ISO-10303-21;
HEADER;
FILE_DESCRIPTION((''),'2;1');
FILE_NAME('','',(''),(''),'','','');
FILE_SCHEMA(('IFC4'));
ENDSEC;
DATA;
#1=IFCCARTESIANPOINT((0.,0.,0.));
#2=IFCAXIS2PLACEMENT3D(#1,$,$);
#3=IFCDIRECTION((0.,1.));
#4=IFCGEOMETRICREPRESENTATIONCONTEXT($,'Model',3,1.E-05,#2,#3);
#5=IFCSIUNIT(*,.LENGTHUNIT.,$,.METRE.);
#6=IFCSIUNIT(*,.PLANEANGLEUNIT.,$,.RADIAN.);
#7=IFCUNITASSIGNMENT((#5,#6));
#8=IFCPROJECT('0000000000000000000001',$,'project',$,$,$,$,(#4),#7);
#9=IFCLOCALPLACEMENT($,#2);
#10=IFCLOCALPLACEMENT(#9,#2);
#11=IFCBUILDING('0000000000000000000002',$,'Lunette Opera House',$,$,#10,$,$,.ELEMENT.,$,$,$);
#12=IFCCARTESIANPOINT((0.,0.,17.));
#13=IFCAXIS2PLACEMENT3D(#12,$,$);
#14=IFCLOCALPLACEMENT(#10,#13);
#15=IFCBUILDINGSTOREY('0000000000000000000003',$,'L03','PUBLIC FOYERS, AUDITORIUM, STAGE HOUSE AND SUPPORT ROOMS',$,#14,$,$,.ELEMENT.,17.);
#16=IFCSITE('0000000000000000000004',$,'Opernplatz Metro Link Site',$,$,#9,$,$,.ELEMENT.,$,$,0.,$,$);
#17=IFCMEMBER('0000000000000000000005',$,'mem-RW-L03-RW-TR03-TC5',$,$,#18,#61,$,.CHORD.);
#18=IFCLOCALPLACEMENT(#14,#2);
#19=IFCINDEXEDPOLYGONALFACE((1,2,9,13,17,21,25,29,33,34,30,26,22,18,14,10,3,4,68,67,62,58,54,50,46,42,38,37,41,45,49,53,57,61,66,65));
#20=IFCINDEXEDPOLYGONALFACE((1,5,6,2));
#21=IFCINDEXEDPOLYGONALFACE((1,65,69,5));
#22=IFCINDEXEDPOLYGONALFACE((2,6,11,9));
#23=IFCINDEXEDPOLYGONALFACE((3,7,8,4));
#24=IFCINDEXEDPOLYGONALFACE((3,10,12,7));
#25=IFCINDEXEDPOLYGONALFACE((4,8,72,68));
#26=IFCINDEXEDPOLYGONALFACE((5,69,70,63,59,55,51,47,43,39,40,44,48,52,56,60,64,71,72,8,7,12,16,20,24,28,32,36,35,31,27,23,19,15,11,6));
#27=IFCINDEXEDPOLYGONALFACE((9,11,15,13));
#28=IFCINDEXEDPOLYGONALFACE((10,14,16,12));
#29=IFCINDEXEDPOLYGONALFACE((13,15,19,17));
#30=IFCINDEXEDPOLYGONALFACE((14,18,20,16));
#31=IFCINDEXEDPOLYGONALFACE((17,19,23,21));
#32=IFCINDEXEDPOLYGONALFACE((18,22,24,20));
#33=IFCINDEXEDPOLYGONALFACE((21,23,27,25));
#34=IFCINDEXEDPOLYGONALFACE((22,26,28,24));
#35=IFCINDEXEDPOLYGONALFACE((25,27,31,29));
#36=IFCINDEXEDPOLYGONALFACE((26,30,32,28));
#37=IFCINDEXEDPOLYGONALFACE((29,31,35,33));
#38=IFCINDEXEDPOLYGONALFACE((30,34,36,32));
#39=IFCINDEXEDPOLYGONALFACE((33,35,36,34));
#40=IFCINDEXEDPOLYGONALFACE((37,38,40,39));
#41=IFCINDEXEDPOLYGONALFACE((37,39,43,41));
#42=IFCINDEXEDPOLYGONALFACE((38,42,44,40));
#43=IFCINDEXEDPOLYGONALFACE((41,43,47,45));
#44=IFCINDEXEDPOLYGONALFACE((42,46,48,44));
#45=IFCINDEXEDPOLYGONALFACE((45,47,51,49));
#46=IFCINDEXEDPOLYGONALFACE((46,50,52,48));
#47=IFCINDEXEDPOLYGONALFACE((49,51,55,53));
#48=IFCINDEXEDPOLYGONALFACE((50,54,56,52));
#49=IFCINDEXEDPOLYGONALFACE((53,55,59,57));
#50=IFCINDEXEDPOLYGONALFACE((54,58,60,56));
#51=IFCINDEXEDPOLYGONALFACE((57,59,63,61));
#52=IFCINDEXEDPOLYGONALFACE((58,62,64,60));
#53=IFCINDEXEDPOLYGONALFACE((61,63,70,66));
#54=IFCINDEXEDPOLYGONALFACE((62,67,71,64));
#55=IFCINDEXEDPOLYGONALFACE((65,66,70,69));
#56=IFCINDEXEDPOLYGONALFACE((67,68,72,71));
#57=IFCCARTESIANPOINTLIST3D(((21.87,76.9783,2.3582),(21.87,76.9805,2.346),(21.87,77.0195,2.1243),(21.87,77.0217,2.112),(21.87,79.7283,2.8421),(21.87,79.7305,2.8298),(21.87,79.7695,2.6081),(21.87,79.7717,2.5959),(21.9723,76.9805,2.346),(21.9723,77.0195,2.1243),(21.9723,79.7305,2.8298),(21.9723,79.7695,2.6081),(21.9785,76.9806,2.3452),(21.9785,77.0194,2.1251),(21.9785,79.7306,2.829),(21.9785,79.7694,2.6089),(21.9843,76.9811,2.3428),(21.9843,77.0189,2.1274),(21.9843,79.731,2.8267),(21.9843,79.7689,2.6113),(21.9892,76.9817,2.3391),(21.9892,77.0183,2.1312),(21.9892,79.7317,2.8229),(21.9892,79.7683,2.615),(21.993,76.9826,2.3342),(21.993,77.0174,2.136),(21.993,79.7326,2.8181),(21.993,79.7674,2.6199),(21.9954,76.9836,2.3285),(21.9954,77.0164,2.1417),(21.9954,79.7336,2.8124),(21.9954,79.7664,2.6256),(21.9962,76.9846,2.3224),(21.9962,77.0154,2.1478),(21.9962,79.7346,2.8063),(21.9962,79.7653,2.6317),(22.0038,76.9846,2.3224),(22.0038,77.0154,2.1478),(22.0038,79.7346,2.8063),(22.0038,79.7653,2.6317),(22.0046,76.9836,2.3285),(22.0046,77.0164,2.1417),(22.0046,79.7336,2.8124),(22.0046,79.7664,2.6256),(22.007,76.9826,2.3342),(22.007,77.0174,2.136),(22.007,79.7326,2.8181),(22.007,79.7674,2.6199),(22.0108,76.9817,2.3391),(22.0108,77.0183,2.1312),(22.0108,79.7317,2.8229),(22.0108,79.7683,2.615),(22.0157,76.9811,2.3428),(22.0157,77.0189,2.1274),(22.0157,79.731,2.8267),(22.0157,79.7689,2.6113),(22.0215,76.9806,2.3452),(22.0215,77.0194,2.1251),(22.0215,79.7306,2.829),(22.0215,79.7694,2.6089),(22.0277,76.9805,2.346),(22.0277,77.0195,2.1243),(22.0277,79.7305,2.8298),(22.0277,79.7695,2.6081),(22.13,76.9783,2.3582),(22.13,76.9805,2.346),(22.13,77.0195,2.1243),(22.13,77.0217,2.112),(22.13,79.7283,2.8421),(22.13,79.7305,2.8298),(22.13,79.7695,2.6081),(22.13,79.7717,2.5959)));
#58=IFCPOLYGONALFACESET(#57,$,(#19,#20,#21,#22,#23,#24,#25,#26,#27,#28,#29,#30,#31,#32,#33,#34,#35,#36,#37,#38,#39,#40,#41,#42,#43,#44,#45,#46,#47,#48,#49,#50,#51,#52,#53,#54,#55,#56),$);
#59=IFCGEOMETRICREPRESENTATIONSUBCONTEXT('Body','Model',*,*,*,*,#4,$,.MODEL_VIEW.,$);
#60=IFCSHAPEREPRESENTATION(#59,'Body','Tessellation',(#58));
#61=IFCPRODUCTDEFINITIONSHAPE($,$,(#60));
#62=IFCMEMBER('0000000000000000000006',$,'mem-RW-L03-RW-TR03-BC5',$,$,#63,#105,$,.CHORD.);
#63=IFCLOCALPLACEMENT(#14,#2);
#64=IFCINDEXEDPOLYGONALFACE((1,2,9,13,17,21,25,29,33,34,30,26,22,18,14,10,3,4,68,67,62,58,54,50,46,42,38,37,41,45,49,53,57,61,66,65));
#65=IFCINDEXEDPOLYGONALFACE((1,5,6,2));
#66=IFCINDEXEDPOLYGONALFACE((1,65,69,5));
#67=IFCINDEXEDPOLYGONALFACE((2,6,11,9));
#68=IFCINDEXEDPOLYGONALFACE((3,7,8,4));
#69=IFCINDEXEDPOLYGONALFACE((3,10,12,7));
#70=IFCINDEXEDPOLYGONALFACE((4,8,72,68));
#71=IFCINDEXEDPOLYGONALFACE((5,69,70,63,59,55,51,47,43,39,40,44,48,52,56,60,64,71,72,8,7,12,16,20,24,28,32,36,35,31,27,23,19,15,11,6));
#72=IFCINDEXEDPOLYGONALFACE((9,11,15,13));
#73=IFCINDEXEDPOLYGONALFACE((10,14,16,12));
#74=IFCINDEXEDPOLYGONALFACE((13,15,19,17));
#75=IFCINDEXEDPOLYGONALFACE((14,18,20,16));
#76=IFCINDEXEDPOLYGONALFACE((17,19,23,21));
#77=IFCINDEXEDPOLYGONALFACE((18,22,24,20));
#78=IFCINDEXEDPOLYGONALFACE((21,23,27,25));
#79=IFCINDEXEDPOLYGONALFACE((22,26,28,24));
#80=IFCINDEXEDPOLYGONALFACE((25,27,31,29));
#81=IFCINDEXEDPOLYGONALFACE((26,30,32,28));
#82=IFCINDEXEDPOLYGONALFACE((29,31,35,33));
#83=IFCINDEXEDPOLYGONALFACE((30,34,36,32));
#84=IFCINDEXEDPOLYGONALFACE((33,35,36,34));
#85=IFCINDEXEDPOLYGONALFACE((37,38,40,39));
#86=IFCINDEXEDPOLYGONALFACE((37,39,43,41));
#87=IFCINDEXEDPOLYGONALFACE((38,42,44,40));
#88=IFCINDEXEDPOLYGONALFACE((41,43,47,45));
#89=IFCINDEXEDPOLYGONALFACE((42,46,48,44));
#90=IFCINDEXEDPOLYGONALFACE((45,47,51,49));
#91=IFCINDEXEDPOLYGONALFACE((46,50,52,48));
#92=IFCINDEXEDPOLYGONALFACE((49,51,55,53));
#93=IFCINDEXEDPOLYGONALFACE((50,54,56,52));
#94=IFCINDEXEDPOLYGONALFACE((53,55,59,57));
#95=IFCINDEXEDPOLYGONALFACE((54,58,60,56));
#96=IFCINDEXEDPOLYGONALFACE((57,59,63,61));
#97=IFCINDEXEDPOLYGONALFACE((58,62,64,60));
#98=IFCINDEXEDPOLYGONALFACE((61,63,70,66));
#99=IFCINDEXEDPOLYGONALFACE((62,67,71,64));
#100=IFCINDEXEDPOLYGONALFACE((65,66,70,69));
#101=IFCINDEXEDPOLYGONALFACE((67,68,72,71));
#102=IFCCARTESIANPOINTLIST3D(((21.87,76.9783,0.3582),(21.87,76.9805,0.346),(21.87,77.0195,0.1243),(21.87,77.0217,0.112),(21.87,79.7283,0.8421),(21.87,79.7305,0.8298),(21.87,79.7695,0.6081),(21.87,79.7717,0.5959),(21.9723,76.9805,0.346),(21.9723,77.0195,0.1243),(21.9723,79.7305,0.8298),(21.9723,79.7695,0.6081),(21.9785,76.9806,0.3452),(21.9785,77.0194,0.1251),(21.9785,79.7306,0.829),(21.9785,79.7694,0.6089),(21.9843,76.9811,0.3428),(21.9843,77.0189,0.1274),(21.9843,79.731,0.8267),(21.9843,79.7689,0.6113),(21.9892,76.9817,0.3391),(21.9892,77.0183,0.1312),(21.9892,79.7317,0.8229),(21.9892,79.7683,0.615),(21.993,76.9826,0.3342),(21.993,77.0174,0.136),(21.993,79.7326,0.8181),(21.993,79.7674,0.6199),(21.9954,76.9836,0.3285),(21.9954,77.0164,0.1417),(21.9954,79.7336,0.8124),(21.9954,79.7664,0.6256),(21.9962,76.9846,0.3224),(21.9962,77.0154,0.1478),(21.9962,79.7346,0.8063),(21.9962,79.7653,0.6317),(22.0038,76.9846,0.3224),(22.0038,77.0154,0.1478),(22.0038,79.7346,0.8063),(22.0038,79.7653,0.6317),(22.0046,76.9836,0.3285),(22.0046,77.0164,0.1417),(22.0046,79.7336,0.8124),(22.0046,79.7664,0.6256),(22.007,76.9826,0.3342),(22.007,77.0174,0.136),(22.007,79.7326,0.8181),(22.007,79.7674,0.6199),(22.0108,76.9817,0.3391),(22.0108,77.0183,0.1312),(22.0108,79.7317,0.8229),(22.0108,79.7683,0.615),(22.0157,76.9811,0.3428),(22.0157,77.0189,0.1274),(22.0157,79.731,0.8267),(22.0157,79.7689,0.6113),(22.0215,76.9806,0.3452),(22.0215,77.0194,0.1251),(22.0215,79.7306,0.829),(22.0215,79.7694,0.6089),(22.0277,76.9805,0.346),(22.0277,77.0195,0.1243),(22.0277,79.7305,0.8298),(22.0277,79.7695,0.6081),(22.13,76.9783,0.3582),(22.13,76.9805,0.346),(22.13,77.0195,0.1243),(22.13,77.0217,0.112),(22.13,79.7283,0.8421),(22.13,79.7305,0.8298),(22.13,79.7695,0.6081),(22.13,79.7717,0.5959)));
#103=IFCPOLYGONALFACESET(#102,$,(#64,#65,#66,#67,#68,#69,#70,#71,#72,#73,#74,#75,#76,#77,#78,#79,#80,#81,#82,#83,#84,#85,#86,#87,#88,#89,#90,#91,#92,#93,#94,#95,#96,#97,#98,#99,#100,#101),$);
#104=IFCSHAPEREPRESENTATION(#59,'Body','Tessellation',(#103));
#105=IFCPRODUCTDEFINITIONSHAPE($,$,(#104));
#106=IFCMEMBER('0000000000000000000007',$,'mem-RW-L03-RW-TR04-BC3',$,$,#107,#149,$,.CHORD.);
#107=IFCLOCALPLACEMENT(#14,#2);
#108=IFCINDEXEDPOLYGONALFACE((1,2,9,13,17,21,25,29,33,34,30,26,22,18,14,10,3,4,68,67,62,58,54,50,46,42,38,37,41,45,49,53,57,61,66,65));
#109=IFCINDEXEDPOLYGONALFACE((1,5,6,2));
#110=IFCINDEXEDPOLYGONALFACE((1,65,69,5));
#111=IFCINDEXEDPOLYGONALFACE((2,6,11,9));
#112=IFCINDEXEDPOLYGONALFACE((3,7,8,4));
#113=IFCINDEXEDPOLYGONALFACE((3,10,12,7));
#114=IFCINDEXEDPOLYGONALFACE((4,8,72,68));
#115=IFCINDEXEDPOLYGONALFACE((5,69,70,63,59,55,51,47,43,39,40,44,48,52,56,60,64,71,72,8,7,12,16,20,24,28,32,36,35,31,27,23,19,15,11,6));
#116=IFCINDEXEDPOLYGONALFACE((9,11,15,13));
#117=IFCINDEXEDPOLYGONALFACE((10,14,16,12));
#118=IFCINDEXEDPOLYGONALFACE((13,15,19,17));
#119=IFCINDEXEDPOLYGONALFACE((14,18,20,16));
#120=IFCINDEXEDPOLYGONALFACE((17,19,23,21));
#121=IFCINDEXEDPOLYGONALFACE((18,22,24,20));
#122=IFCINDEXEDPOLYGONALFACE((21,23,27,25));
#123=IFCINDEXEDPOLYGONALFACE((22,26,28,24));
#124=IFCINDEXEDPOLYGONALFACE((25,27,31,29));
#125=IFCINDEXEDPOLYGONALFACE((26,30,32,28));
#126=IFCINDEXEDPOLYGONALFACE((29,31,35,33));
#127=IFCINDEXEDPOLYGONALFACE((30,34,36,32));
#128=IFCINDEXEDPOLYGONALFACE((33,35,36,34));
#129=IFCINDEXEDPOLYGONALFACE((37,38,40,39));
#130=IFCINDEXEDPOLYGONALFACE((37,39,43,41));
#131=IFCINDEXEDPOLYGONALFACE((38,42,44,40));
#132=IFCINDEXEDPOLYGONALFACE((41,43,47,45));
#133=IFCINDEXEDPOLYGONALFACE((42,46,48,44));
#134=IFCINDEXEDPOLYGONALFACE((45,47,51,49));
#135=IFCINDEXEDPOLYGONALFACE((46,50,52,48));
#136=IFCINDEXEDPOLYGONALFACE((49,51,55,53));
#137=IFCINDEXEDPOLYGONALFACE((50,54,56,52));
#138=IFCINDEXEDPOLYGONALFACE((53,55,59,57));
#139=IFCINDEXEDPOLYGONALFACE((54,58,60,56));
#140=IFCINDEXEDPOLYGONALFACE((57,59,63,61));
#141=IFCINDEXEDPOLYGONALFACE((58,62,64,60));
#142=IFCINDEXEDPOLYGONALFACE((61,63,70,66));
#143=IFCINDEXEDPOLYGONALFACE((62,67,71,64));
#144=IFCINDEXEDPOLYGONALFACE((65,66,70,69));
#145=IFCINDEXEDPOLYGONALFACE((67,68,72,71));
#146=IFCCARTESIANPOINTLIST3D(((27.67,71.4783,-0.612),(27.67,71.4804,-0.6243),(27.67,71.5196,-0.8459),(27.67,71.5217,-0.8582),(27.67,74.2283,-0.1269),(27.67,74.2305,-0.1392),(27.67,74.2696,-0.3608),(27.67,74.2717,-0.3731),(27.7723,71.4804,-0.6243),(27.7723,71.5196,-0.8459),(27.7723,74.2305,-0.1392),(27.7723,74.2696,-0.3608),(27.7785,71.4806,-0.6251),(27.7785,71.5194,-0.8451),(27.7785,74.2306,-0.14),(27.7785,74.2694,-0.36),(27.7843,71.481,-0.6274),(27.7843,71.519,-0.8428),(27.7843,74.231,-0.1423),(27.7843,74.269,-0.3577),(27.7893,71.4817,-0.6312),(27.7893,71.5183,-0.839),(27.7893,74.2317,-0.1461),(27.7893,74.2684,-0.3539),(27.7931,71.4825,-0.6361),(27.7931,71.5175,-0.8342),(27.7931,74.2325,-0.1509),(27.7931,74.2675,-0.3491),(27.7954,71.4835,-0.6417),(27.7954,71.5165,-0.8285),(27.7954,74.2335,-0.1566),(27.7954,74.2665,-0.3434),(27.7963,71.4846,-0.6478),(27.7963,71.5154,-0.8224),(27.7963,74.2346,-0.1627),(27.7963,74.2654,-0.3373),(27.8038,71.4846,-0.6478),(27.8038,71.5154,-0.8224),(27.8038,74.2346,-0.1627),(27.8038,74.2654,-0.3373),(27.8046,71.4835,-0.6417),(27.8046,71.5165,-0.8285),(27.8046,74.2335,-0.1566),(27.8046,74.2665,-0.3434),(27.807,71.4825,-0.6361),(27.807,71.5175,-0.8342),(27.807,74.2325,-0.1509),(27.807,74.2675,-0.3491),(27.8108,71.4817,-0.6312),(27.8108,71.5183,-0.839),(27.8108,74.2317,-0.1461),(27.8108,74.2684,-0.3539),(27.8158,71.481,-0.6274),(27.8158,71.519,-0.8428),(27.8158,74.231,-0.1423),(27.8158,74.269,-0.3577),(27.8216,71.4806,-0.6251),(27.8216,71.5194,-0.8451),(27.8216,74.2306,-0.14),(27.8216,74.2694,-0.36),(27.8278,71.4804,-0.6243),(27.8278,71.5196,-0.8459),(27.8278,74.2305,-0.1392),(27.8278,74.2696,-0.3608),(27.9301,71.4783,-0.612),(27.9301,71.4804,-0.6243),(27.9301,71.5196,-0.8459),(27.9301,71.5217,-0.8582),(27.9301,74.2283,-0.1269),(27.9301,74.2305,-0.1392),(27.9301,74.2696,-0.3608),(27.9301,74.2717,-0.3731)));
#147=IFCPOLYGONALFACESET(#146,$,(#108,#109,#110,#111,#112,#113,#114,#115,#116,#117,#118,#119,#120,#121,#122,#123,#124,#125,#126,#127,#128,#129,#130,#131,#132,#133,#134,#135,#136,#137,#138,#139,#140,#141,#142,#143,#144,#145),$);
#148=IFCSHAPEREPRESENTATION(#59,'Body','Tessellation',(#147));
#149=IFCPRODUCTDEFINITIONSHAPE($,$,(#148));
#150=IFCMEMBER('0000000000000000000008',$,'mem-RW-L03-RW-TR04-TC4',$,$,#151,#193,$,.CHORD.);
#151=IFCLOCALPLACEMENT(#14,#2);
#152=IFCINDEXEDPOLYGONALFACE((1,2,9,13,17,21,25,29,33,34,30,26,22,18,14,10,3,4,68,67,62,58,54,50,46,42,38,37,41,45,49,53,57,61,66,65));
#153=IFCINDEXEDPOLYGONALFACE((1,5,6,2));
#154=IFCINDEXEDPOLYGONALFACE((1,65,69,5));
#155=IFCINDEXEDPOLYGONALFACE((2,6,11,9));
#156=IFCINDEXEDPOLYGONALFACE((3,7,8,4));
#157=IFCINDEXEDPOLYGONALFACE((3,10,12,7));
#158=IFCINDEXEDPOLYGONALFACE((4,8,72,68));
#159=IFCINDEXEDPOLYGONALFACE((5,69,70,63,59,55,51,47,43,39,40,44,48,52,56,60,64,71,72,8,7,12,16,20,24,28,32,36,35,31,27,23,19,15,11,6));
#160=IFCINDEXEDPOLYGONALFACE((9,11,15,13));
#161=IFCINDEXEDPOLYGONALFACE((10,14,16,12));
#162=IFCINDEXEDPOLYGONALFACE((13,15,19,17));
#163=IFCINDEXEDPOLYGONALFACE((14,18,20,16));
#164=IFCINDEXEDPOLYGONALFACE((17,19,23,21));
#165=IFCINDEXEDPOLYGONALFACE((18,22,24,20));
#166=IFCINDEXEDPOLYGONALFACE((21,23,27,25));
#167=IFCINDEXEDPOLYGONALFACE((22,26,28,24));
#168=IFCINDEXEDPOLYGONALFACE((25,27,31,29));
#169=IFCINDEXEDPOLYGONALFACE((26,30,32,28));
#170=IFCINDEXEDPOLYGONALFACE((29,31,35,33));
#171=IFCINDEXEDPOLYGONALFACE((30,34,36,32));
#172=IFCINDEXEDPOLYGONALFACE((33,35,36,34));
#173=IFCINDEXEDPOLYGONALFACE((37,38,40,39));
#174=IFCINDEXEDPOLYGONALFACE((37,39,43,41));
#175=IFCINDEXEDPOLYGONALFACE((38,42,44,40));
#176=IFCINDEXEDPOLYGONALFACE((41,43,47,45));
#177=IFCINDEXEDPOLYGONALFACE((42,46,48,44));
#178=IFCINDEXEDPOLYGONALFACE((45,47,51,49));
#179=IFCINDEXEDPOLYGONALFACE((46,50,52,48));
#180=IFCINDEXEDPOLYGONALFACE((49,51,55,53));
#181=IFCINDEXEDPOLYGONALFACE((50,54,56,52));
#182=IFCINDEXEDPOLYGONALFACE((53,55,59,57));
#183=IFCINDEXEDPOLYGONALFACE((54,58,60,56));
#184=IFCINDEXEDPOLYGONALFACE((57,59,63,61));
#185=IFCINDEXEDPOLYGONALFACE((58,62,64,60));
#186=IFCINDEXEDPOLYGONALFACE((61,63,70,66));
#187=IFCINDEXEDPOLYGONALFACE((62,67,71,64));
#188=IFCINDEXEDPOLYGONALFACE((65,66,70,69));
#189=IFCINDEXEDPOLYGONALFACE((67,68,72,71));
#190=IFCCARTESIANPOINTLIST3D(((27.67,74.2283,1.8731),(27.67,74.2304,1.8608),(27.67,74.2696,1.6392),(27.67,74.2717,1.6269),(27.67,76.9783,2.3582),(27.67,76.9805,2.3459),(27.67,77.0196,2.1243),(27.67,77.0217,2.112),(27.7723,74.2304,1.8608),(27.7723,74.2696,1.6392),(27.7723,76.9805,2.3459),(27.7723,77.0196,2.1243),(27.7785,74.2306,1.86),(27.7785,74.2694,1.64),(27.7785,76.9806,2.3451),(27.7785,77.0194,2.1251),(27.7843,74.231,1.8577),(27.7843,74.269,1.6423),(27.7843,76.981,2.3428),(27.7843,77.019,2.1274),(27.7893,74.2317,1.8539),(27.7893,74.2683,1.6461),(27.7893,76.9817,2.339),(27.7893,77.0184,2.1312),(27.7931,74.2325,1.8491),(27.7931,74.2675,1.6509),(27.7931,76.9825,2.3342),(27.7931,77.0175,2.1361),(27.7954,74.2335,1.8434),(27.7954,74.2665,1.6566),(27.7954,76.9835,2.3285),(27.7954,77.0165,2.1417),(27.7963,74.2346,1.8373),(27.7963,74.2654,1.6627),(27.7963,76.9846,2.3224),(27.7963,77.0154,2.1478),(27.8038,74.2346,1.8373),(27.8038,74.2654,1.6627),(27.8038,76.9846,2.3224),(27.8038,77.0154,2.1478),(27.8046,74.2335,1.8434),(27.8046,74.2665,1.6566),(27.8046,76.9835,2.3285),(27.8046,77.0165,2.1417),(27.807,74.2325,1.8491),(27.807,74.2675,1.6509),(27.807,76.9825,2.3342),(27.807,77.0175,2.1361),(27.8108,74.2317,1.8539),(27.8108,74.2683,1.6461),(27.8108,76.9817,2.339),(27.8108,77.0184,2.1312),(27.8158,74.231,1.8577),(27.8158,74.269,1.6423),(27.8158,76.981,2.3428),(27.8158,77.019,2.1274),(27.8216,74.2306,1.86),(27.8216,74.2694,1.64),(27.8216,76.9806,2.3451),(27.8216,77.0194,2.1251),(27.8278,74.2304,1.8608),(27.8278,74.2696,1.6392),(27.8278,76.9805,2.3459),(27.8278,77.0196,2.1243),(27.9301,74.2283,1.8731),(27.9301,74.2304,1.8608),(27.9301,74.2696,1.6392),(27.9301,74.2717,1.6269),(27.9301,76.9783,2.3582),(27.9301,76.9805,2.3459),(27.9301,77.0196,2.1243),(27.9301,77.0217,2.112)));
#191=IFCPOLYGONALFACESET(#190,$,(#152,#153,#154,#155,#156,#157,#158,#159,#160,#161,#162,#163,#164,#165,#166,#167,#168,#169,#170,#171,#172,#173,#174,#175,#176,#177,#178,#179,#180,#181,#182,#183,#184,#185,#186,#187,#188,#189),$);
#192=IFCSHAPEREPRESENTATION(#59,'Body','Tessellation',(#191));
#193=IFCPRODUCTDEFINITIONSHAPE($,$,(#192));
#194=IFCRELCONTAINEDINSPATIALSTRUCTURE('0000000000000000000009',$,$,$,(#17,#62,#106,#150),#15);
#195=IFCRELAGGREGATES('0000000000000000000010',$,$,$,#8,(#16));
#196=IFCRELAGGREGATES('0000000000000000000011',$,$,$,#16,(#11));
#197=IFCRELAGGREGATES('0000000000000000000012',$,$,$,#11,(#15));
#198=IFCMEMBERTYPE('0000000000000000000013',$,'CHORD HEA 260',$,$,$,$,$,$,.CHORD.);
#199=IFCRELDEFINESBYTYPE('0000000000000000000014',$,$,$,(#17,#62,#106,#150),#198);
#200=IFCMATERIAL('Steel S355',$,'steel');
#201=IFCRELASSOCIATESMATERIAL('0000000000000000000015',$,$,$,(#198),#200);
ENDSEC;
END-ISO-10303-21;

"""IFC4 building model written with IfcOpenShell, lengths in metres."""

from ifc_helpers import new_model, si_unit, direction, frame, origin, origin_2d, place, context, subcontext, project, spatial, i_section, extrude, material, material_profile, profile_set, type_object, element, save


model = new_model("IFC4")

# Units and contexts
model_context = context("Model", 3, precision=1e-05, world=origin(), true_north=direction((0.0, 1.0)))
body_context = subcontext(model_context, "Body", "Model", "MODEL_VIEW")
ifc_project = project(units=[si_unit("LENGTHUNIT", "METRE"), si_unit("PLANEANGLEUNIT", "RADIAN")], contexts=[model_context])

# Site, building, storey
site_placement = place(None, origin())
site = spatial("IfcSite", under=ifc_project, at=site_placement, Name="Opernplatz Metro Link Site", CompositionType="ELEMENT", RefElevation=0.0)
building_placement = place(site_placement, origin())
building = spatial("IfcBuilding", under=site, at=building_placement, Name="Lunette Opera House", CompositionType="ELEMENT")
storey_placement = place(building_placement, frame((0.0, 0.0, 17.0)))
storey = spatial("IfcBuildingStorey", under=building, at=storey_placement, Name="L03", Description="PUBLIC FOYERS, AUDITORIUM, STAGE HOUSE AND SUPPORT ROOMS", CompositionType="ELEMENT", Elevation=17.0)

# Members
ifc_material_1 = material(Name="Steel S355", Category="steel")
ifc_material_profile_1 = material_profile(ifc_material_1, i_section(OverallWidth=0.26, OverallDepth=0.25, WebThickness=0.0076, FlangeThickness=0.0125, FilletRadius=0.0239, at=origin_2d()), Name="HEA 260")
ifc_profile_set_1 = profile_set([ifc_material_profile_1], Name="Steel S355")
member_type_1 = type_object("IfcMemberType", Name="CHORD HEA 260", PredefinedType="CHORD", material=ifc_profile_set_1)
for number, where, z_axis, x_axis, name in (
    (1, (22.0, 77.0, 2.2351), (0.0, 0.98487, 0.173296), (-1.0, 0.0, 0.0), "mem-RW-L03-RW-TR03-TC5"),
    (2, (22.0, 77.0, 0.2351), (0.0, 0.98487, 0.173296), (-1.0, 0.0, 0.0), "mem-RW-L03-RW-TR03-BC5"),
):
    element("IfcMember", number, at=place(storey_placement, frame(where, z_axis=z_axis, x_axis=x_axis)), inside=storey, type_object=member_type_1, Name=name, PredefinedType="CHORD", context=body_context, shape_type="SweptSolid", body=[
        extrude(i_section(OverallWidth=0.26, OverallDepth=0.25, WebThickness=0.0076, FlangeThickness=0.0125, FilletRadius=0.0239, at=origin_2d()), origin(), (0.0, 0.0, 1.0), 2.7922),
    ])
for number, where, z_axis, x_axis, name in (
    (3, (27.8, 71.5, -0.7351), (0.0, 0.984795, 0.17372), (-1.0, 0.0, 0.0), "mem-RW-L03-RW-TR04-BC3"),
    (4, (27.8, 74.25, 1.75), (0.0, 0.984795, 0.17372), (-1.0, 0.0, 0.0), "mem-RW-L03-RW-TR04-TC4"),
):
    element("IfcMember", number, at=place(storey_placement, frame(where, z_axis=z_axis, x_axis=x_axis)), inside=storey, type_object=member_type_1, Name=name, PredefinedType="CHORD", context=body_context, shape_type="SweptSolid", body=[
        extrude(i_section(OverallWidth=0.26, OverallDepth=0.25, WebThickness=0.0076, FlangeThickness=0.0125, FilletRadius=0.0239, at=origin_2d()), origin(), (0.0, 0.0, 1.0), 2.7925),
    ])

save(model, "model.ifc")
